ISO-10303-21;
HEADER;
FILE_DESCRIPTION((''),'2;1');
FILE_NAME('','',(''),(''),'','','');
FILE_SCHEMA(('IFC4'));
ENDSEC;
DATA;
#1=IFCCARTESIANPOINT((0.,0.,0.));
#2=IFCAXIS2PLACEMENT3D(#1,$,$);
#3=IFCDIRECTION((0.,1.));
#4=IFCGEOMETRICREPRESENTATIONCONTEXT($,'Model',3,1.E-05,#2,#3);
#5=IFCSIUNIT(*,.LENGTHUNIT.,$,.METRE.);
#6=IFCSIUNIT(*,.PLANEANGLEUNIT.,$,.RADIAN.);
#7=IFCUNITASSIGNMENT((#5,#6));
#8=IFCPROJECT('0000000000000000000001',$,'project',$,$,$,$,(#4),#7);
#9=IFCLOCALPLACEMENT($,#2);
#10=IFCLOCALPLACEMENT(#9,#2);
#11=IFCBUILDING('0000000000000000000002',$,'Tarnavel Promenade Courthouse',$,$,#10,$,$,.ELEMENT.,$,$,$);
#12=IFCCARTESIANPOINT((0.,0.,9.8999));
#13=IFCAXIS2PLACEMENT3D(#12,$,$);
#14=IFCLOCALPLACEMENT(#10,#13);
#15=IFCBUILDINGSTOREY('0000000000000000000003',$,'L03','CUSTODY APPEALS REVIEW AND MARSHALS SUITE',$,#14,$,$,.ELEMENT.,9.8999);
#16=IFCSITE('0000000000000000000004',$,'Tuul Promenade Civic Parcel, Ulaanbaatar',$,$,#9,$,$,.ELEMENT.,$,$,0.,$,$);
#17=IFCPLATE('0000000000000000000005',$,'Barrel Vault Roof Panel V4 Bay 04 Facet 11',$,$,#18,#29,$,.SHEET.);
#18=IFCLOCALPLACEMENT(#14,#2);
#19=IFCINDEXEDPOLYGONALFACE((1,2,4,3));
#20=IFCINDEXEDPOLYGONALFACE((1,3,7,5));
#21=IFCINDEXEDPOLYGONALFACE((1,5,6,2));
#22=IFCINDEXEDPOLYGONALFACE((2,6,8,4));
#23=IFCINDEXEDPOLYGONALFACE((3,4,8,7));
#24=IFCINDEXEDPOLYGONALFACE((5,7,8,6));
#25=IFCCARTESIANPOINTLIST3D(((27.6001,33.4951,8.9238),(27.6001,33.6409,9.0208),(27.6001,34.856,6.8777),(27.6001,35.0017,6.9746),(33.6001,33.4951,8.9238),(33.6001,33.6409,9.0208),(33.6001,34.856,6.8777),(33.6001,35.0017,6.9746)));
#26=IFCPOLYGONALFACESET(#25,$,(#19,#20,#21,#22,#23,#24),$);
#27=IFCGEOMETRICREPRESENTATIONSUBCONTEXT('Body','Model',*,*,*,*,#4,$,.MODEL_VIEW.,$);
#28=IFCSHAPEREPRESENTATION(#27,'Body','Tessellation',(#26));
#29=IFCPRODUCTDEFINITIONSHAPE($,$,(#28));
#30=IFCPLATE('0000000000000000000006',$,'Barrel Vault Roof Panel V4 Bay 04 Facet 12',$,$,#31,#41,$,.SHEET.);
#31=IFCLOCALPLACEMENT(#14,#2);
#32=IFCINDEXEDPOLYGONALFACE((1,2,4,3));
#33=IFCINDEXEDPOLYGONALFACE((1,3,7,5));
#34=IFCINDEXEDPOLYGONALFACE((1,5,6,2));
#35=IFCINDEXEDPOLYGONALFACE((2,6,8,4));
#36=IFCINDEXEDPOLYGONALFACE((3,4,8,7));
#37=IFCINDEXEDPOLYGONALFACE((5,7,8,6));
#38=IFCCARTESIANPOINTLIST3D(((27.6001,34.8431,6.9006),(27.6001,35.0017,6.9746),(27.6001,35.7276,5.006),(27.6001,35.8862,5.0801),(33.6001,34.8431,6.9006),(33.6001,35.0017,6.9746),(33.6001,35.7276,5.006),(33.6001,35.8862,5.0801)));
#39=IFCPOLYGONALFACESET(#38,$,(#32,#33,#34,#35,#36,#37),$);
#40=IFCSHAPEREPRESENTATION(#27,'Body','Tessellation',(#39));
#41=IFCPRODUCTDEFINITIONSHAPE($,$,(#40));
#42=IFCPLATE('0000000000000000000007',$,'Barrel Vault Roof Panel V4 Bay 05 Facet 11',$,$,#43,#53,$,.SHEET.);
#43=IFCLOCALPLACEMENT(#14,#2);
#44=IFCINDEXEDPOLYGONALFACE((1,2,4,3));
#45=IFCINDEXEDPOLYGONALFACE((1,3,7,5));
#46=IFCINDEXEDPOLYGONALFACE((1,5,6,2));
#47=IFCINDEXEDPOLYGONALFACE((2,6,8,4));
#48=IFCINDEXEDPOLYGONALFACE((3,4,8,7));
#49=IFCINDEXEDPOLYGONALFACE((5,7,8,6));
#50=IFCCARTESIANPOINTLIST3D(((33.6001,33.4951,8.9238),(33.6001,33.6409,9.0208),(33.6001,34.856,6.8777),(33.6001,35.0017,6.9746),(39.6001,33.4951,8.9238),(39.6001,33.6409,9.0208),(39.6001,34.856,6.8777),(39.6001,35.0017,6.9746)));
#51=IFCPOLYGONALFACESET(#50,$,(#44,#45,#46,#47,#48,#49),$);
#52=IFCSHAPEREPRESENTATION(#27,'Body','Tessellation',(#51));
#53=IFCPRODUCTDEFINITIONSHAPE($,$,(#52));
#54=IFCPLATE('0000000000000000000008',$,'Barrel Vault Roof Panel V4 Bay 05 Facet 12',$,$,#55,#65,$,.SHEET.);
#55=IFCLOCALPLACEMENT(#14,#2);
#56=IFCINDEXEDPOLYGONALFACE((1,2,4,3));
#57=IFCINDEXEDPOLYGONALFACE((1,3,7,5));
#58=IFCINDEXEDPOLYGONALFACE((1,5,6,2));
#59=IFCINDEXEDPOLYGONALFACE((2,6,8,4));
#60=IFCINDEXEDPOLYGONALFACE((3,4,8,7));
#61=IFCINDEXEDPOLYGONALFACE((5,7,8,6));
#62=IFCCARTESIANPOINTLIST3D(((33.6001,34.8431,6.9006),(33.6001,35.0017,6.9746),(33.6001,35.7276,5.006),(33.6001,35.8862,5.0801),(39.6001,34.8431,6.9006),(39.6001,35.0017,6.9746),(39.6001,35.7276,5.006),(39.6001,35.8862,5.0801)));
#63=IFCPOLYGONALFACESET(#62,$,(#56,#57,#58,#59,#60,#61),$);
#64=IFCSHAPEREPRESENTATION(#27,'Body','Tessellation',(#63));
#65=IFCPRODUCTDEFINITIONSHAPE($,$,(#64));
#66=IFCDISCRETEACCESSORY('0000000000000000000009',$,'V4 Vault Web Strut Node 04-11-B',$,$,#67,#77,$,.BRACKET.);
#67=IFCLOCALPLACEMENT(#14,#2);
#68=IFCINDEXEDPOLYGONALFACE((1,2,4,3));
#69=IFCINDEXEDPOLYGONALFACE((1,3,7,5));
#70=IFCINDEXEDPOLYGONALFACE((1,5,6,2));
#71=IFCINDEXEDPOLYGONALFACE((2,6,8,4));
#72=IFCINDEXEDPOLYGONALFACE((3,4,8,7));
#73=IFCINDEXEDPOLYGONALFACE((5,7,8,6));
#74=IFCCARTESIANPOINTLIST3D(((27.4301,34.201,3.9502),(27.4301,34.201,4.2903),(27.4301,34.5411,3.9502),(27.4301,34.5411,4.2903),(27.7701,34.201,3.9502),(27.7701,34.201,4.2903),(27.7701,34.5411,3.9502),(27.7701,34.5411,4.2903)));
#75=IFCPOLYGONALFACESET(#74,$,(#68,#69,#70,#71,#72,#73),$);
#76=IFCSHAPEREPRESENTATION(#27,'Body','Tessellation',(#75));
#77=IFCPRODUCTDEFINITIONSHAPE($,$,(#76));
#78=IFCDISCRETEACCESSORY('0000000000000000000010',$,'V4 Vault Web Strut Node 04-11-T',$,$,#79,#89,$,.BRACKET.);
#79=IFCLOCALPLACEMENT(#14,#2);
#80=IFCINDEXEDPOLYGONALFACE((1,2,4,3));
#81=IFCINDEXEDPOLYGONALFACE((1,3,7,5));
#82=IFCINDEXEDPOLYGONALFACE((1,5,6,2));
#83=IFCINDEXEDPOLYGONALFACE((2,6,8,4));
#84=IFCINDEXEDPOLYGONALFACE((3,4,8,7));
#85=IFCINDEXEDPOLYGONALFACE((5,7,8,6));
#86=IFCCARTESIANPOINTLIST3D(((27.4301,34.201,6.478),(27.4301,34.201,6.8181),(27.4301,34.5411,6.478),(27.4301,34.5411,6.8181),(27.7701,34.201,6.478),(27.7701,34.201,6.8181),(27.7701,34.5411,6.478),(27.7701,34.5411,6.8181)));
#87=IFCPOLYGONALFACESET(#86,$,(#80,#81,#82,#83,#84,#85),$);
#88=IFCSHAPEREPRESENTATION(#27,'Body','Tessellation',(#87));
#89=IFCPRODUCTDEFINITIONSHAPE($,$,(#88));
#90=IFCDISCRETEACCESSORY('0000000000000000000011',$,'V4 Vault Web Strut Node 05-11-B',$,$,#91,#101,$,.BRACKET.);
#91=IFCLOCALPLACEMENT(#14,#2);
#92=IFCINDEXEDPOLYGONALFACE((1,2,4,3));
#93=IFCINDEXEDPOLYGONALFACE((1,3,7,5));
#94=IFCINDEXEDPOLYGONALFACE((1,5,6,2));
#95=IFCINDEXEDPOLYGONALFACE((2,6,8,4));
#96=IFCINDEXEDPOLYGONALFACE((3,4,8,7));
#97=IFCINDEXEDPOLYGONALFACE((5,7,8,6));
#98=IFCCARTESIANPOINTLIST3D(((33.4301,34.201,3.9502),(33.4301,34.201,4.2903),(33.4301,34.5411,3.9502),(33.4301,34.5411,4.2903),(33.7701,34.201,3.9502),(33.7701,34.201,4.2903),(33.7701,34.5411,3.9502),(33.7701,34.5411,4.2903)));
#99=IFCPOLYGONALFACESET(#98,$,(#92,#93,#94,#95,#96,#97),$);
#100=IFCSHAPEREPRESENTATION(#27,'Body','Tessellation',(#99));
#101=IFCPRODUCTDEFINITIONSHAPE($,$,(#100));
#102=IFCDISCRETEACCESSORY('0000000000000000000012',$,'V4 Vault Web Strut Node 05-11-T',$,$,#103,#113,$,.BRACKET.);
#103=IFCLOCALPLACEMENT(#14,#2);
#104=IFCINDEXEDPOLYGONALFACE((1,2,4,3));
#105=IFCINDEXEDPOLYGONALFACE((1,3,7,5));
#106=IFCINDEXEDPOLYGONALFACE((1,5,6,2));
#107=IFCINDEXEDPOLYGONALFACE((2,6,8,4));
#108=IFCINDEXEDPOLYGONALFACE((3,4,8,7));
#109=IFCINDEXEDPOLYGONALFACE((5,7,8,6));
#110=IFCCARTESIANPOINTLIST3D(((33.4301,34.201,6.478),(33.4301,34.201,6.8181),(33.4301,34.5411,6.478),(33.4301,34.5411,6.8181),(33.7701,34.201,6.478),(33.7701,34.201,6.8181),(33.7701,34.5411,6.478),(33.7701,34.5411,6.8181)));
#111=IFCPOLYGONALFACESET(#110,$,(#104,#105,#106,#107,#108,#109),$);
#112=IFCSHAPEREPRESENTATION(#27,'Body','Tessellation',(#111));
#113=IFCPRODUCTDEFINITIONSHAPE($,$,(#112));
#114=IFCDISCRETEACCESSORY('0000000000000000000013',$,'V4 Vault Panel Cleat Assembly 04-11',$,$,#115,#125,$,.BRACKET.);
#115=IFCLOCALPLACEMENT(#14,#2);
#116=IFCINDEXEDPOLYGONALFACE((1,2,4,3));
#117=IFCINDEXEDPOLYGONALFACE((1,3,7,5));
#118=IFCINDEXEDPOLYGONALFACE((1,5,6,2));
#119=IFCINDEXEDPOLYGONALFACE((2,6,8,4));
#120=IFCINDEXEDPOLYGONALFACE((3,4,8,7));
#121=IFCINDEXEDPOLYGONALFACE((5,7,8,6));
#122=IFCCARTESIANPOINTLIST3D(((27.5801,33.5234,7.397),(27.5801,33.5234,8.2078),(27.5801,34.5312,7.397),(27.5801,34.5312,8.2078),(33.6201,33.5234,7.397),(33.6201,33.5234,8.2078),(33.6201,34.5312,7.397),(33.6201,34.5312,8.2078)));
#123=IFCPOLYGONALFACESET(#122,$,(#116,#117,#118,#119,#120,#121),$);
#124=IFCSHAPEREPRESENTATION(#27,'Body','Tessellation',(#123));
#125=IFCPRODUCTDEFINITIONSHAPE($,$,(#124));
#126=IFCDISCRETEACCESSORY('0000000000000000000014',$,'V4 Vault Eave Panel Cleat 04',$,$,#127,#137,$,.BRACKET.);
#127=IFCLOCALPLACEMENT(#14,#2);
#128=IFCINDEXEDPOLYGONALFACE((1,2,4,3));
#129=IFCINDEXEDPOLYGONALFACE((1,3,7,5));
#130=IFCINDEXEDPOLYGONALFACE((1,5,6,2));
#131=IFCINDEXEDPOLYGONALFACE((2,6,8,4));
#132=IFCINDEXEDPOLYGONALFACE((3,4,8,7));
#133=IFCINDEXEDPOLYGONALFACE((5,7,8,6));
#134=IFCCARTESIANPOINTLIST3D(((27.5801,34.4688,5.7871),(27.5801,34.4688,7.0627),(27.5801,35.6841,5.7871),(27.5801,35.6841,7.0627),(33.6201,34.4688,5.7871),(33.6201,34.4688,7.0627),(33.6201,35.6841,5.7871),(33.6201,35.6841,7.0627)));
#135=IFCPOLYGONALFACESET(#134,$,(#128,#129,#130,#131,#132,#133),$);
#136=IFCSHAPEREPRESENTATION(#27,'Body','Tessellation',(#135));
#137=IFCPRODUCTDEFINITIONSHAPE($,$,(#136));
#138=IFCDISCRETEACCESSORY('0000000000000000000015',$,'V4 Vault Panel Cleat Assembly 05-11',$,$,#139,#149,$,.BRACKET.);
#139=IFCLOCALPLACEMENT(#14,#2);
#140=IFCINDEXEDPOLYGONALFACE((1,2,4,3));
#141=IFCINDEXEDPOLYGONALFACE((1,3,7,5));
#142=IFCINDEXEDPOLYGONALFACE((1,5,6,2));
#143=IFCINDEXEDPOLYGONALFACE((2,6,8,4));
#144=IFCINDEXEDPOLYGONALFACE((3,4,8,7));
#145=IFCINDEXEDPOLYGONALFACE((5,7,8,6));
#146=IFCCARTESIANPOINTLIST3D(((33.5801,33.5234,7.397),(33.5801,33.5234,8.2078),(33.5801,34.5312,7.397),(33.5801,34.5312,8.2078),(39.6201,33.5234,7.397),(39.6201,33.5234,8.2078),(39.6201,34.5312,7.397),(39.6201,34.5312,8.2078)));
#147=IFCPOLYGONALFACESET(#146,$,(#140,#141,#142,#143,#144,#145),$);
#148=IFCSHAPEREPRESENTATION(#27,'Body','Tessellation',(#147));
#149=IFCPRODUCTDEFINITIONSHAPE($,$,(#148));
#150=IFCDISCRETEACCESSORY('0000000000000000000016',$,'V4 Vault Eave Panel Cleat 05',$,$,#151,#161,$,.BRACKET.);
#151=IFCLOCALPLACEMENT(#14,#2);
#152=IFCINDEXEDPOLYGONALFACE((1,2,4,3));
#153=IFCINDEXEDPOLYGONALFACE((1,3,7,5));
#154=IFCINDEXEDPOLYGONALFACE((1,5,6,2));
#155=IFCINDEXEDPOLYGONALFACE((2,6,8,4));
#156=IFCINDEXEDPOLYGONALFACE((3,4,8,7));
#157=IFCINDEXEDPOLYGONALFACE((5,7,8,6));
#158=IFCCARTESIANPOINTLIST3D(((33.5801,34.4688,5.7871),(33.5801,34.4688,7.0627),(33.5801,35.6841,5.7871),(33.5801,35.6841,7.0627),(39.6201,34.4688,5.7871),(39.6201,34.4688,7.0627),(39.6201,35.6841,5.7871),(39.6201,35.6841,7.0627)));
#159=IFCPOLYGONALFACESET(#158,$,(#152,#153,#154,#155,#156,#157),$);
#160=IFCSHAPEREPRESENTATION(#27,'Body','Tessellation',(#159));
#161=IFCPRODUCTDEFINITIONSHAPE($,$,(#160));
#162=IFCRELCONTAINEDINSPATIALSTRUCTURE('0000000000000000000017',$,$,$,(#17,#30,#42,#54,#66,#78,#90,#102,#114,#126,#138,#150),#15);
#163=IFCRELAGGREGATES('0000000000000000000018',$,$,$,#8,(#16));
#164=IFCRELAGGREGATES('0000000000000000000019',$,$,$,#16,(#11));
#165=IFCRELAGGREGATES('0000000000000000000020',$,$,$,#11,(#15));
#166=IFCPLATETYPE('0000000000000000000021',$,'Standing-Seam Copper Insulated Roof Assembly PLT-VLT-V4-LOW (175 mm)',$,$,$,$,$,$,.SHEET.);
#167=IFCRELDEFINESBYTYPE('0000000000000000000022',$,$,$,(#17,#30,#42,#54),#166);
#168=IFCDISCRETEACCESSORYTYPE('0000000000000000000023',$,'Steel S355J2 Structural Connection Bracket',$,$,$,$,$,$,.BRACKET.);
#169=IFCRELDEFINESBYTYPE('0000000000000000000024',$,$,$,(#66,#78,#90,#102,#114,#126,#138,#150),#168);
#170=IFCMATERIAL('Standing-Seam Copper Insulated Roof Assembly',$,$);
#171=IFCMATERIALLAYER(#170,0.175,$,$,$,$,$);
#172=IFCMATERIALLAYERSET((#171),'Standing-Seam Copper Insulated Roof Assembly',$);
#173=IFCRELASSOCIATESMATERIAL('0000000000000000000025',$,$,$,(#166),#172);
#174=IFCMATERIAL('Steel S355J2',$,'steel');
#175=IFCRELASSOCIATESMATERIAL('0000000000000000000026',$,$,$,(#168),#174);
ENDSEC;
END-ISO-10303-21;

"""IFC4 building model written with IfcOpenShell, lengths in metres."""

from ifc_helpers import new_model, si_unit, direction, frame, origin, origin_2d, place, context, subcontext, project, spatial, polyline, rectangle, outline, extrude, material, layer, layer_set, type_object, element, save


model = new_model("IFC4")

# Units and contexts
model_context = context("Model", 3, precision=1e-05, world=origin(), true_north=direction((0.0, 1.0)))
body_context = subcontext(model_context, "Body", "Model", "MODEL_VIEW")
ifc_project = project(units=[si_unit("LENGTHUNIT", "METRE"), si_unit("PLANEANGLEUNIT", "RADIAN")], contexts=[model_context])

# Site, building, storey
site_placement = place(None, origin())
site = spatial("IfcSite", under=ifc_project, at=site_placement, Name="Tuul Promenade Civic Parcel, Ulaanbaatar", CompositionType="ELEMENT", RefElevation=0.0)
building_placement = place(site_placement, origin())
building = spatial("IfcBuilding", under=site, at=building_placement, Name="Tarnavel Promenade Courthouse", CompositionType="ELEMENT")
storey_placement = place(building_placement, frame((0.0, 0.0, 9.8999)))
storey = spatial("IfcBuildingStorey", under=building, at=storey_placement, Name="L03", Description="CUSTODY APPEALS REVIEW AND MARSHALS SUITE", CompositionType="ELEMENT", Elevation=9.8999)

# Shared definitions
ifc_material_1 = material(Name="Steel S355J2", Category="steel")

# Plates
ifc_material_2 = material(Name="Standing-Seam Copper Insulated Roof Assembly")
ifc_layer = layer(ifc_material_2, 0.175)
ifc_layer_set = layer_set([ifc_layer], Name="Standing-Seam Copper Insulated Roof Assembly")
plate_type = type_object("IfcPlateType", Name="Standing-Seam Copper Insulated Roof Assembly PLT-VLT-V4-LOW (175 mm)", PredefinedType="SHEET", material=ifc_layer_set)
plate_1_placement = place(storey_placement, frame((27.6001, 33.6409, 9.0208), z_axis=(0.0, 0.832661, 0.553783), x_axis=(1.0, 0.0, 0.0)))
element("IfcPlate", 1, at=plate_1_placement, inside=storey, type_object=plate_type, Name="Barrel Vault Roof Panel V4 Bay 04 Facet 11", PredefinedType="SHEET", context=body_context, shape_type="SweptSolid", body=[
    extrude(outline(polyline([(0.0, 0.0), (6.0, 0.0), (6.0, 2.4574), (0.0, 2.4574), (0.0, 0.0)])), origin(), (0.0, 0.0, -1.0), 0.175),
])
plate_2_placement = place(storey_placement, frame((27.6001, 35.0017, 6.9746), z_axis=(0.0, 0.906109, 0.423045), x_axis=(1.0, 0.0, 0.0)))
element("IfcPlate", 2, at=plate_2_placement, inside=storey, type_object=plate_type, Name="Barrel Vault Roof Panel V4 Bay 04 Facet 12", PredefinedType="SHEET", context=body_context, shape_type="SweptSolid", body=[
    extrude(outline(polyline([(0.0, 0.0), (6.0, 0.0), (6.0, 2.0908), (0.0, 2.0908), (0.0, 0.0)])), origin(), (0.0, 0.0, -1.0), 0.175),
])
plate_3_placement = place(storey_placement, frame((33.6001, 33.6409, 9.0208), z_axis=(0.0, 0.832661, 0.553783), x_axis=(1.0, 0.0, 0.0)))
element("IfcPlate", 3, at=plate_3_placement, inside=storey, type_object=plate_type, Name="Barrel Vault Roof Panel V4 Bay 05 Facet 11", PredefinedType="SHEET", context=body_context, shape_type="SweptSolid", body=[
    extrude(outline(polyline([(0.0, 0.0), (6.0, 0.0), (6.0, 2.4574), (0.0, 2.4574), (0.0, 0.0)])), origin(), (0.0, 0.0, -1.0), 0.175),
])
plate_4_placement = place(storey_placement, frame((33.6001, 35.0017, 6.9746), z_axis=(0.0, 0.906109, 0.423045), x_axis=(1.0, 0.0, 0.0)))
element("IfcPlate", 4, at=plate_4_placement, inside=storey, type_object=plate_type, Name="Barrel Vault Roof Panel V4 Bay 05 Facet 12", PredefinedType="SHEET", context=body_context, shape_type="SweptSolid", body=[
    extrude(outline(polyline([(0.0, 0.0), (6.0, 0.0), (6.0, 2.0908), (0.0, 2.0908), (0.0, 0.0)])), origin(), (0.0, 0.0, -1.0), 0.175),
])

# Discrete accessories
discrete_accessory_type = type_object("IfcDiscreteAccessoryType", Name="Steel S355J2 Structural Connection Bracket", PredefinedType="BRACKET", material=ifc_material_1)
for number, where, z_axis, x_axis, name in (
    (5, (27.6001, 34.3711, 3.9502), (0.0, 0.0, 1.0), (1.0, 0.0, 0.0), "V4 Vault Web Strut Node 04-11-B"),
    (6, (27.6001, 34.3711, 6.478), (0.0, 0.0, 1.0), (1.0, 0.0, 0.0), "V4 Vault Web Strut Node 04-11-T"),
    (7, (33.6001, 34.3711, 3.9502), (0.0, 0.0, 1.0), (1.0, 0.0, 0.0), "V4 Vault Web Strut Node 05-11-B"),
    (8, (33.6001, 34.3711, 6.478), (0.0, 0.0, 1.0), (1.0, 0.0, 0.0), "V4 Vault Web Strut Node 05-11-T"),
):
    element("IfcDiscreteAccessory", number, at=place(storey_placement, frame(where, z_axis=z_axis, x_axis=x_axis)), inside=storey, type_object=discrete_accessory_type, Name=name, PredefinedType="BRACKET", context=body_context, shape_type="SweptSolid", body=[
        extrude(rectangle(XDim=0.3401, YDim=0.3401, at=origin_2d()), origin(), (0.0, 0.0, 1.0), 0.3401),
    ])
discrete_accessory_1_placement = place(storey_placement, frame((30.6001, 34.0273, 7.397), z_axis=(0.0, 0.0, 1.0), x_axis=(1.0, 0.0, 0.0)))
element("IfcDiscreteAccessory", 9, at=discrete_accessory_1_placement, inside=storey, type_object=discrete_accessory_type, Name="V4 Vault Panel Cleat Assembly 04-11", PredefinedType="BRACKET", context=body_context, shape_type="SweptSolid", body=[
    extrude(rectangle(XDim=6.04, YDim=1.0078, at=origin_2d()), origin(), (0.0, 0.0, 1.0), 0.8108),
])
discrete_accessory_2_placement = place(storey_placement, frame((30.6001, 35.0764, 5.7871), z_axis=(0.0, 0.0, 1.0), x_axis=(1.0, 0.0, 0.0)))
element("IfcDiscreteAccessory", 10, at=discrete_accessory_2_placement, inside=storey, type_object=discrete_accessory_type, Name="V4 Vault Eave Panel Cleat 04", PredefinedType="BRACKET", context=body_context, shape_type="SweptSolid", body=[
    extrude(rectangle(XDim=6.04, YDim=1.2153, at=origin_2d()), origin(), (0.0, 0.0, 1.0), 1.2756),
])
discrete_accessory_3_placement = place(storey_placement, frame((36.6001, 34.0273, 7.397), z_axis=(0.0, 0.0, 1.0), x_axis=(1.0, 0.0, 0.0)))
element("IfcDiscreteAccessory", 11, at=discrete_accessory_3_placement, inside=storey, type_object=discrete_accessory_type, Name="V4 Vault Panel Cleat Assembly 05-11", PredefinedType="BRACKET", context=body_context, shape_type="SweptSolid", body=[
    extrude(rectangle(XDim=6.04, YDim=1.0078, at=origin_2d()), origin(), (0.0, 0.0, 1.0), 0.8108),
])
discrete_accessory_4_placement = place(storey_placement, frame((36.6001, 35.0764, 5.7871), z_axis=(0.0, 0.0, 1.0), x_axis=(1.0, 0.0, 0.0)))
element("IfcDiscreteAccessory", 12, at=discrete_accessory_4_placement, inside=storey, type_object=discrete_accessory_type, Name="V4 Vault Eave Panel Cleat 05", PredefinedType="BRACKET", context=body_context, shape_type="SweptSolid", body=[
    extrude(rectangle(XDim=6.04, YDim=1.2153, at=origin_2d()), origin(), (0.0, 0.0, 1.0), 1.2756),
])

save(model, "model.ifc")
